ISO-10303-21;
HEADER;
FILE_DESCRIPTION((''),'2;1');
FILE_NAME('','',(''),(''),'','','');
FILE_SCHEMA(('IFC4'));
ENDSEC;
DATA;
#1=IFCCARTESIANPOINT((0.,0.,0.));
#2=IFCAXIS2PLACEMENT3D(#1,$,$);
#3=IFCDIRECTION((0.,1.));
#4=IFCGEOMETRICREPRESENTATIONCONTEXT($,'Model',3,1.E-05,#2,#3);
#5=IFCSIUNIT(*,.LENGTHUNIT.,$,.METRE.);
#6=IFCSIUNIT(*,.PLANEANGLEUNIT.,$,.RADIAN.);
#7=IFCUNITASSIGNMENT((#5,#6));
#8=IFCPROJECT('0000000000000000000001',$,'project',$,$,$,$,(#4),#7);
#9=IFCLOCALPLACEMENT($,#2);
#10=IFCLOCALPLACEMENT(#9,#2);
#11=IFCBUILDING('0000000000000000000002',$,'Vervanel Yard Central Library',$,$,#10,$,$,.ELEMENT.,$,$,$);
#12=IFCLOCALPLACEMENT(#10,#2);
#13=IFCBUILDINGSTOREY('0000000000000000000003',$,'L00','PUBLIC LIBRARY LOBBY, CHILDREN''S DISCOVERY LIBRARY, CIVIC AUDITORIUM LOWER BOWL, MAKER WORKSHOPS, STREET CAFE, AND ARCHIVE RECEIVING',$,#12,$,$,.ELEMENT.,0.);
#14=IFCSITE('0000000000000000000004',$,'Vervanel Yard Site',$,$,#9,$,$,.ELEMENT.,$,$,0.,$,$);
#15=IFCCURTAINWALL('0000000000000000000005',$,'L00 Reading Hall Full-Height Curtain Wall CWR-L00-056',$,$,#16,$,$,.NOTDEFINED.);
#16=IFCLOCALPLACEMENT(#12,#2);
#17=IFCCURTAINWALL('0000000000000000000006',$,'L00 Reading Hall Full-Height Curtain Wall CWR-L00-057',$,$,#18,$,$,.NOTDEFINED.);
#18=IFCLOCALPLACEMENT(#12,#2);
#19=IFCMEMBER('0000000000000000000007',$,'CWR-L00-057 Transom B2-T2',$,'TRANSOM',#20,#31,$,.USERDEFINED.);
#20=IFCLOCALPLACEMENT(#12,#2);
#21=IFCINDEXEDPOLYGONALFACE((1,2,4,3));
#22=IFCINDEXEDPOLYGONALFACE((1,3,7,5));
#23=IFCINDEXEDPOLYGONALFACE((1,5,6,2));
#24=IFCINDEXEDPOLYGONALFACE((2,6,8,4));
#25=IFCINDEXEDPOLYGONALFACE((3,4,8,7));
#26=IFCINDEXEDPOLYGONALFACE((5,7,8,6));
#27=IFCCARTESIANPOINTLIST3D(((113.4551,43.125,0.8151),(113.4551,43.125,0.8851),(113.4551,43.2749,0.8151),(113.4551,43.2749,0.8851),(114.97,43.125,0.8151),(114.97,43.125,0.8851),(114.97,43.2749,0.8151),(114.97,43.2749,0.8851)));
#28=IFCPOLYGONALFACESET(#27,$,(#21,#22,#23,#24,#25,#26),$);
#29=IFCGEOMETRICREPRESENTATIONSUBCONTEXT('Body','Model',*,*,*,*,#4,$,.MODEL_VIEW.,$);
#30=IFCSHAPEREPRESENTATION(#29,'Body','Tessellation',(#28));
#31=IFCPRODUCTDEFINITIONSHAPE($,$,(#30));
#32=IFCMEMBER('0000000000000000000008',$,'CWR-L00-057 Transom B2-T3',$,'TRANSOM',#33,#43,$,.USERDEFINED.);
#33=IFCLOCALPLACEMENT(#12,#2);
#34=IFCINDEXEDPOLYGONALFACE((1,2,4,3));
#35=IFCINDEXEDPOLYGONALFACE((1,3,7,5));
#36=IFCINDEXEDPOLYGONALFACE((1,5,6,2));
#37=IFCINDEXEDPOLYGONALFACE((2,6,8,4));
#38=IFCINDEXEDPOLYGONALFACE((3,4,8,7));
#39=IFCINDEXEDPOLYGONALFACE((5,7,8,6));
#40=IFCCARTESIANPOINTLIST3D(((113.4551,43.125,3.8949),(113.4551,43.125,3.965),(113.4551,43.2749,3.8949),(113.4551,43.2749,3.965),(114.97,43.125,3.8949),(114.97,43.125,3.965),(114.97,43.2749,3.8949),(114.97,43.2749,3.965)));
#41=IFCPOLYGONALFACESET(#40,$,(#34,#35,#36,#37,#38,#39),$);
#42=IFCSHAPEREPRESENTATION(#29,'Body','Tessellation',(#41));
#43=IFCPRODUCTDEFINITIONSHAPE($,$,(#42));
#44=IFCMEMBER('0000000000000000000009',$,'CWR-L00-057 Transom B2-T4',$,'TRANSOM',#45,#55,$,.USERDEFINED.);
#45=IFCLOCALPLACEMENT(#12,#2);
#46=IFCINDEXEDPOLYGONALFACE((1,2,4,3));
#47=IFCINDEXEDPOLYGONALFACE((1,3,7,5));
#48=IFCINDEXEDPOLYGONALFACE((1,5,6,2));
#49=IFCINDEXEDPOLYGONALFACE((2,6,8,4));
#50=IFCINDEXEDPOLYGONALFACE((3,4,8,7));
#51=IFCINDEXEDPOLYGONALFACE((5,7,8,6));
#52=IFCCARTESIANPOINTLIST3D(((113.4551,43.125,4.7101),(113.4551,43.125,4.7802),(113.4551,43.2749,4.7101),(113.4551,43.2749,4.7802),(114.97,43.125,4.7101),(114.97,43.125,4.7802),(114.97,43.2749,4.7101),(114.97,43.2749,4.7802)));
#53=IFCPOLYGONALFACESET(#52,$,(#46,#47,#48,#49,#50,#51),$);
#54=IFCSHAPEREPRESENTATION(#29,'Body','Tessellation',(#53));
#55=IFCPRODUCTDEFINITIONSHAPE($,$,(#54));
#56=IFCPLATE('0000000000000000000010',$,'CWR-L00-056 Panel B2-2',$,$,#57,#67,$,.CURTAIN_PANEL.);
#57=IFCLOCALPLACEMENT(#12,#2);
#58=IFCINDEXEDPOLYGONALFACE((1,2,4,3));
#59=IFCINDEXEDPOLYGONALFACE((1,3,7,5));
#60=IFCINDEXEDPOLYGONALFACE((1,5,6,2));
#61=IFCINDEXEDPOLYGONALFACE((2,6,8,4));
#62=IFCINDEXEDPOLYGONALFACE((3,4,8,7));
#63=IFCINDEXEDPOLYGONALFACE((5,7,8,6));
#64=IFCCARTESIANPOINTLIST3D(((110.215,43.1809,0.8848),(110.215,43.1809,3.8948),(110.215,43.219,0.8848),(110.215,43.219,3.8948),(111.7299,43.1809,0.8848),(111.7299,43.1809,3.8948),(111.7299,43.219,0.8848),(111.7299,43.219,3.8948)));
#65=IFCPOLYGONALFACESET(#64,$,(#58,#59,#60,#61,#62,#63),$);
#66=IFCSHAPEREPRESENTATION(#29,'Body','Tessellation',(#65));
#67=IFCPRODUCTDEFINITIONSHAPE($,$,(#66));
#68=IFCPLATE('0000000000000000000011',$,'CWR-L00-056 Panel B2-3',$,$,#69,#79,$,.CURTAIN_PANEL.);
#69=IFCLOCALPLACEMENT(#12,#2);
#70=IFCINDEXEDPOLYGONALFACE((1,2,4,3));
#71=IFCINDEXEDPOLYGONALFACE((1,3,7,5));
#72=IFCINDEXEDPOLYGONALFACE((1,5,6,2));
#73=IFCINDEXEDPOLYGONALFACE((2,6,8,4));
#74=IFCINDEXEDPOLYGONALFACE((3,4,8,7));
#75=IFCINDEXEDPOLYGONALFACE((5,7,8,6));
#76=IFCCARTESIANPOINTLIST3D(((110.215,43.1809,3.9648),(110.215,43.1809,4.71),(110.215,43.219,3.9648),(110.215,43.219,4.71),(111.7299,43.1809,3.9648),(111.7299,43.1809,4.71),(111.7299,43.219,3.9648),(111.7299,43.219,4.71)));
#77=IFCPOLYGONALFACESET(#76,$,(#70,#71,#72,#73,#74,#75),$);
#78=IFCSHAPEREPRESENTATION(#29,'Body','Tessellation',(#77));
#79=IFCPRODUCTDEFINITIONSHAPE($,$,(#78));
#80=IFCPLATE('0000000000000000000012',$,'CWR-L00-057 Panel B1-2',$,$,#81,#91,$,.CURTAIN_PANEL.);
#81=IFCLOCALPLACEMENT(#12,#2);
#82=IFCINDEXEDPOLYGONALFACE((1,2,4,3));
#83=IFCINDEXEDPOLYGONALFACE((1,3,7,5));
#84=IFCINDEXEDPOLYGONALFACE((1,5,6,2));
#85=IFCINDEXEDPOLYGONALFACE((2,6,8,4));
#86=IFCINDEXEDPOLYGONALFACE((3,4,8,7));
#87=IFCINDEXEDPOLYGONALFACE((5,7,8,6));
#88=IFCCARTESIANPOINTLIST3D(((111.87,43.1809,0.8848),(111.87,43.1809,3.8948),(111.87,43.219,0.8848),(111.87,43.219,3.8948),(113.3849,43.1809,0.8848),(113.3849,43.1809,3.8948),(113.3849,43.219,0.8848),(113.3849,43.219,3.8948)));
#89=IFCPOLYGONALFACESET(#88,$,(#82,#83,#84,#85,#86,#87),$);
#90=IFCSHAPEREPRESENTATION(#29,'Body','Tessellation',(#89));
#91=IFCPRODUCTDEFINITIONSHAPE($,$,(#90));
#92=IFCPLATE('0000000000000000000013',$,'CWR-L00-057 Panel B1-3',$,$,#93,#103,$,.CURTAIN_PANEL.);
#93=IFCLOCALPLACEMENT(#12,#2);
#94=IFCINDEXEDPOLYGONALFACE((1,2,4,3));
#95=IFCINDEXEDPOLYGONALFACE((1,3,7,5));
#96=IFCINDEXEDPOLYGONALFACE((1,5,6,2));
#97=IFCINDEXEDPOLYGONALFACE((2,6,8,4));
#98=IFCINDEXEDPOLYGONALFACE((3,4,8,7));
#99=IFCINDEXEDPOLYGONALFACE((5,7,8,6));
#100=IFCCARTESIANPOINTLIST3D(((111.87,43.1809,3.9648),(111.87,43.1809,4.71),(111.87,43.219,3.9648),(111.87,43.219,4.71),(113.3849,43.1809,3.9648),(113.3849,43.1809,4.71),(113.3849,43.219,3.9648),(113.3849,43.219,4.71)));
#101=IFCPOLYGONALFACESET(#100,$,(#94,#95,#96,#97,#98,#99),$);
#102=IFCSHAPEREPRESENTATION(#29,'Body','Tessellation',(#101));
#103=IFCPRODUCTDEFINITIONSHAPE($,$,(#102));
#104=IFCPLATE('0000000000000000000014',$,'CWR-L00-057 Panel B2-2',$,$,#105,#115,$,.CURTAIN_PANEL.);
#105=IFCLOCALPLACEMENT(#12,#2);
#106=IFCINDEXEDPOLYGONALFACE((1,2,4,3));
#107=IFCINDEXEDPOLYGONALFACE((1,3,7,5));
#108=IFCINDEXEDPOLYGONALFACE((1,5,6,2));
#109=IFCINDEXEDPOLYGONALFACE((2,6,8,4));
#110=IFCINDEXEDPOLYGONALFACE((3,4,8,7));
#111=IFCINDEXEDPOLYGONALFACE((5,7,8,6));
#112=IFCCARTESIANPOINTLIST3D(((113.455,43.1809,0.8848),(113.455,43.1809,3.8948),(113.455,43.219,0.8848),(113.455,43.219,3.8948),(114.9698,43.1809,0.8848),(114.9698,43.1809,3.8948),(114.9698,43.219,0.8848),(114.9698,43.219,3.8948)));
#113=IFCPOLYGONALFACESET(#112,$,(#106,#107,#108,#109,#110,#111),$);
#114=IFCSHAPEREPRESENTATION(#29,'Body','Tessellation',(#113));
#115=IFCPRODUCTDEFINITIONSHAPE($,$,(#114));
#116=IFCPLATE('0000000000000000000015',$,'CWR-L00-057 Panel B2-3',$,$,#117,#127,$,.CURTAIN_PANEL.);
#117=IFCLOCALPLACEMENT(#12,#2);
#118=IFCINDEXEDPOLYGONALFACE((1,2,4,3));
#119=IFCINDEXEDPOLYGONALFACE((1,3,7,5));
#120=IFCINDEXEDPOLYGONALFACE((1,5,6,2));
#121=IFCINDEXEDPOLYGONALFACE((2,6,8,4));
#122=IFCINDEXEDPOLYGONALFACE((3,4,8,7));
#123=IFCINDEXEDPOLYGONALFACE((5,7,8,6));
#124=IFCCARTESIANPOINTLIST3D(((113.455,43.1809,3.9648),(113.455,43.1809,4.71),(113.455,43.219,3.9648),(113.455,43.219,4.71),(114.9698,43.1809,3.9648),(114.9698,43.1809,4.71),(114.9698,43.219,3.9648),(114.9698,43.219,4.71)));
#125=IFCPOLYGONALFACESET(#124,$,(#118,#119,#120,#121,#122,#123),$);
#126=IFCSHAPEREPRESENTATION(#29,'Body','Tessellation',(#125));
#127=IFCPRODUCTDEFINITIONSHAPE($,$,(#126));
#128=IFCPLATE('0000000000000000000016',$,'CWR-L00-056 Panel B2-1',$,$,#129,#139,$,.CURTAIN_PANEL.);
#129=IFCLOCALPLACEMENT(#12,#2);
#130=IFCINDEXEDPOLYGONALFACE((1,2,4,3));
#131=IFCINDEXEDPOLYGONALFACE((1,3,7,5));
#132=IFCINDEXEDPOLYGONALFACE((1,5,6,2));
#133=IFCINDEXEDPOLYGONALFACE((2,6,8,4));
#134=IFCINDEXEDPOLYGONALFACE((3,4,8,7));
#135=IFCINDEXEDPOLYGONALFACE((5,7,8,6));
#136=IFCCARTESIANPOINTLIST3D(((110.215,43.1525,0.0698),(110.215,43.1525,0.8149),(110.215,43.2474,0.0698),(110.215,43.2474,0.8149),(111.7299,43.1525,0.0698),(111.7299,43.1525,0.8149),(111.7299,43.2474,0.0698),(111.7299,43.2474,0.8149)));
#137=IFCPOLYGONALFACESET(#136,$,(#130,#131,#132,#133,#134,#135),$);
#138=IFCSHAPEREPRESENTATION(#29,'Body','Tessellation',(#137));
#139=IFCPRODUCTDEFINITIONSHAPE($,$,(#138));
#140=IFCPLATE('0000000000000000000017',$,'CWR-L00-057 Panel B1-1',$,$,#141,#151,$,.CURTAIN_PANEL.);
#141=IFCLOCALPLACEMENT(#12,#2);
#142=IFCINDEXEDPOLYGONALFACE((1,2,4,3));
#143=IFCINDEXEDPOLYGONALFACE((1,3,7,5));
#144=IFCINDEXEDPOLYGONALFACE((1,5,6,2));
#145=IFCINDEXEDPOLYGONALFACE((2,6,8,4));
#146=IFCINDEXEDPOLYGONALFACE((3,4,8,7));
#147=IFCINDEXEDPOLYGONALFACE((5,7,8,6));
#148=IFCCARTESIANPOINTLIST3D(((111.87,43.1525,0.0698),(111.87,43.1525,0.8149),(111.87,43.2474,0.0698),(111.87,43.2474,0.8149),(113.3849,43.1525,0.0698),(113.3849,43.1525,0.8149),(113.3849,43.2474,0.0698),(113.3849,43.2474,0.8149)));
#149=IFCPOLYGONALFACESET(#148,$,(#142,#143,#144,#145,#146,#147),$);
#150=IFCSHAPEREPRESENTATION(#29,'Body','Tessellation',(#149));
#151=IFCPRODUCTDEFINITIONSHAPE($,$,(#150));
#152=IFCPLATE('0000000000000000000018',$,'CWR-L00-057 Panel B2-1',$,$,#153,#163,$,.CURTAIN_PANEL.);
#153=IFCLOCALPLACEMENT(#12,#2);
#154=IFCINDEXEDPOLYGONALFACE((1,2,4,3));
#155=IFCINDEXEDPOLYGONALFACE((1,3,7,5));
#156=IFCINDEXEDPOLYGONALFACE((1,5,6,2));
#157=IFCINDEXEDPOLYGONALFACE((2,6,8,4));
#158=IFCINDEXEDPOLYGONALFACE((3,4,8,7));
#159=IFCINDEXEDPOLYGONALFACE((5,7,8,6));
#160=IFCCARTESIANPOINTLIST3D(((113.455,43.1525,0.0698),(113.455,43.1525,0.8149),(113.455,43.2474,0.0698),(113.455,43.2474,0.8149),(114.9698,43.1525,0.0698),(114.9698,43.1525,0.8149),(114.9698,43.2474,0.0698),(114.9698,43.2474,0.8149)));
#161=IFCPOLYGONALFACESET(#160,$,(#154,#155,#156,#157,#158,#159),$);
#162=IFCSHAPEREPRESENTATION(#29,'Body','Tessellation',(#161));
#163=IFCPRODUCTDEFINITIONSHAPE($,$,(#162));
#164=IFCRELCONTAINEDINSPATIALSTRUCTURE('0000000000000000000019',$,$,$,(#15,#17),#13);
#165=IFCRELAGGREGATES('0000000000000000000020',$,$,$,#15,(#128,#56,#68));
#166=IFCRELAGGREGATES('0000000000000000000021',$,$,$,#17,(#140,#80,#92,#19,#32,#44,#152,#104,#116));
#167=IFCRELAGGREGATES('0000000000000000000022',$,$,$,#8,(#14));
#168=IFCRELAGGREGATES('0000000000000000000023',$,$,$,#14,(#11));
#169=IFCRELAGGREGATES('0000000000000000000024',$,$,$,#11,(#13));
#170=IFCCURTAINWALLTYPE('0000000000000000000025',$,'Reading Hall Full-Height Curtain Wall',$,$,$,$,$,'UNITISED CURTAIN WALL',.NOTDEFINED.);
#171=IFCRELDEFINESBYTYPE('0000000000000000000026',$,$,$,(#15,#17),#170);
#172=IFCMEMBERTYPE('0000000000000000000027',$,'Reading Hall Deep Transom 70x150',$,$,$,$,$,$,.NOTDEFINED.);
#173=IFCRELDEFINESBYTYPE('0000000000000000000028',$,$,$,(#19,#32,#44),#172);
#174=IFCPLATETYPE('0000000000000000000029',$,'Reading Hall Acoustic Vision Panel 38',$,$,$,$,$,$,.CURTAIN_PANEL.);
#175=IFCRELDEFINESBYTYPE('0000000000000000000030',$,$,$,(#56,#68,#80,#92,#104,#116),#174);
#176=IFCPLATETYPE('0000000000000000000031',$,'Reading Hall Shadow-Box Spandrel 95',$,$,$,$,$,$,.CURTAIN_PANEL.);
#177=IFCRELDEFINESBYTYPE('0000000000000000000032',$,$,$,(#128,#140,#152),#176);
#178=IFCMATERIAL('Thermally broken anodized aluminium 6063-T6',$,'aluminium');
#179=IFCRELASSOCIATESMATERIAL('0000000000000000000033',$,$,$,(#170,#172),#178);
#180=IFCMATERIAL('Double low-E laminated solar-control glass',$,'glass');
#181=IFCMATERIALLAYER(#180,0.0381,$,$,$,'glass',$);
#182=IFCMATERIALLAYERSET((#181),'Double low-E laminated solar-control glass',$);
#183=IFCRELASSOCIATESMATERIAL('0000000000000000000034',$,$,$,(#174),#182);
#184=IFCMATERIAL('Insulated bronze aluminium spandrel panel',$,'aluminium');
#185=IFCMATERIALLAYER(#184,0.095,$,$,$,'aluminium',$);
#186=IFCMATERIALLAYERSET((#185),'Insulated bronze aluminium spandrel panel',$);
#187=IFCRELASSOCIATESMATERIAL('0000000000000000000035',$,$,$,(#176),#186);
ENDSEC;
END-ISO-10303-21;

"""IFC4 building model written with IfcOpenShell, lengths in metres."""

from ifc_helpers import new_model, si_unit, direction, frame, origin, origin_2d, place, context, subcontext, project, spatial, rectangle, extrude, material, layer, layer_set, material_profile, profile_set, type_object, element, aggregate, save


model = new_model("IFC4")

# Units and contexts
model_context = context("Model", 3, precision=1e-05, world=origin(), true_north=direction((0.0, 1.0)))
body_context = subcontext(model_context, "Body", "Model", "MODEL_VIEW")
ifc_project = project(units=[si_unit("LENGTHUNIT", "METRE"), si_unit("PLANEANGLEUNIT", "RADIAN")], contexts=[model_context])

# Site, building, storey
site_placement = place(None, origin())
site = spatial("IfcSite", under=ifc_project, at=site_placement, Name="Vervanel Yard Site", CompositionType="ELEMENT", RefElevation=0.0)
building_placement = place(site_placement, origin())
building = spatial("IfcBuilding", under=site, at=building_placement, Name="Vervanel Yard Central Library", CompositionType="ELEMENT")
storey_placement = place(building_placement, origin())
storey = spatial("IfcBuildingStorey", under=building, at=storey_placement, Name="L00", Description="PUBLIC LIBRARY LOBBY, CHILDREN'S DISCOVERY LIBRARY, CIVIC AUDITORIUM LOWER BOWL, MAKER WORKSHOPS, STREET CAFE, AND ARCHIVE RECEIVING", CompositionType="ELEMENT", Elevation=0.0)

# Curtain wall
ifc_material_1 = material(Name="Thermally broken anodized aluminium 6063-T6", Category="aluminium")
curtain_wall_type = type_object("IfcCurtainWallType", Name="Reading Hall Full-Height Curtain Wall", ElementType="UNITISED CURTAIN WALL", PredefinedType="NOTDEFINED", material=ifc_material_1)
curtain_wall_1_placement = place(storey_placement, origin())
curtain_wall_1 = element("IfcCurtainWall", 1, at=curtain_wall_1_placement, inside=storey, type_object=curtain_wall_type, Name="L00 Reading Hall Full-Height Curtain Wall CWR-L00-056", PredefinedType="NOTDEFINED")

# Curtain wall
curtain_wall_2_placement = place(storey_placement, origin())
curtain_wall_2 = element("IfcCurtainWall", 2, at=curtain_wall_2_placement, inside=storey, type_object=curtain_wall_type, Name="L00 Reading Hall Full-Height Curtain Wall CWR-L00-057", PredefinedType="NOTDEFINED")

# Members
ifc_material_profile_1 = material_profile(ifc_material_1, rectangle(XDim=0.0701, YDim=0.1499, at=origin_2d()), Name="ALU 70x150", Category="aluminium")
ifc_profile_set_1 = profile_set([ifc_material_profile_1], Name="Thermally broken anodized aluminium 6063-T6")
member_type_1 = type_object("IfcMemberType", Name="Reading Hall Deep Transom 70x150", PredefinedType="NOTDEFINED", material=ifc_profile_set_1)
member_1_placement = place(storey_placement, frame((113.4551, 43.2, 0.8501), z_axis=(1.0, 0.0, 0.0), x_axis=(0.0, 0.0, 1.0)))
member_1 = element("IfcMember", 3, at=member_1_placement, type_object=member_type_1, Name="CWR-L00-057 Transom B2-T2", ObjectType="TRANSOM", PredefinedType="USERDEFINED", context=body_context, shape_type="SweptSolid", body=[
    extrude(rectangle(XDim=0.0701, YDim=0.1499, at=origin_2d()), origin(), (0.0, 0.0, 1.0), 1.5149),
])
member_2_placement = place(storey_placement, frame((113.4551, 43.2, 3.9299), z_axis=(1.0, 0.0, 0.0), x_axis=(0.0, 0.0, 1.0)))
member_2 = element("IfcMember", 4, at=member_2_placement, type_object=member_type_1, Name="CWR-L00-057 Transom B2-T3", ObjectType="TRANSOM", PredefinedType="USERDEFINED", context=body_context, shape_type="SweptSolid", body=[
    extrude(rectangle(XDim=0.0701, YDim=0.1499, at=origin_2d()), origin(), (0.0, 0.0, 1.0), 1.5149),
])
member_3_placement = place(storey_placement, frame((113.4551, 43.2, 4.7451), z_axis=(1.0, 0.0, 0.0), x_axis=(0.0, 0.0, 1.0)))
member_3 = element("IfcMember", 5, at=member_3_placement, type_object=member_type_1, Name="CWR-L00-057 Transom B2-T4", ObjectType="TRANSOM", PredefinedType="USERDEFINED", context=body_context, shape_type="SweptSolid", body=[
    extrude(rectangle(XDim=0.0701, YDim=0.1499, at=origin_2d()), origin(), (0.0, 0.0, 1.0), 1.5149),
])

# Plates
ifc_material_2 = material(Name="Double low-E laminated solar-control glass", Category="glass")
ifc_layer_1 = layer(ifc_material_2, 0.0381, Category="glass")
ifc_layer_set_1 = layer_set([ifc_layer_1], Name="Double low-E laminated solar-control glass")
plate_type_1 = type_object("IfcPlateType", Name="Reading Hall Acoustic Vision Panel 38", PredefinedType="CURTAIN_PANEL", material=ifc_layer_set_1)
plate_1_placement = place(storey_placement, frame((110.9724, 43.2, 0.8848), z_axis=(0.0, 0.0, 1.0), x_axis=(1.0, 0.0, 0.0)))
plate_1 = element("IfcPlate", 6, at=plate_1_placement, type_object=plate_type_1, Name="CWR-L00-056 Panel B2-2", PredefinedType="CURTAIN_PANEL", context=body_context, shape_type="SweptSolid", body=[
    extrude(rectangle(XDim=1.5149, YDim=0.0381, at=origin_2d()), origin(), (0.0, 0.0, 1.0), 3.01),
])
plate_2_placement = place(storey_placement, frame((110.9724, 43.2, 3.9648), z_axis=(0.0, 0.0, 1.0), x_axis=(1.0, 0.0, 0.0)))
plate_2 = element("IfcPlate", 7, at=plate_2_placement, type_object=plate_type_1, Name="CWR-L00-056 Panel B2-3", PredefinedType="CURTAIN_PANEL", context=body_context, shape_type="SweptSolid", body=[
    extrude(rectangle(XDim=1.5149, YDim=0.0381, at=origin_2d()), origin(), (0.0, 0.0, 1.0), 0.7451),
])
plate_3_placement = place(storey_placement, frame((112.6274, 43.2, 0.8848), z_axis=(0.0, 0.0, 1.0), x_axis=(1.0, 0.0, 0.0)))
plate_3 = element("IfcPlate", 8, at=plate_3_placement, type_object=plate_type_1, Name="CWR-L00-057 Panel B1-2", PredefinedType="CURTAIN_PANEL", context=body_context, shape_type="SweptSolid", body=[
    extrude(rectangle(XDim=1.5149, YDim=0.0381, at=origin_2d()), origin(), (0.0, 0.0, 1.0), 3.01),
])
plate_4_placement = place(storey_placement, frame((112.6274, 43.2, 3.9648), z_axis=(0.0, 0.0, 1.0), x_axis=(1.0, 0.0, 0.0)))
plate_4 = element("IfcPlate", 9, at=plate_4_placement, type_object=plate_type_1, Name="CWR-L00-057 Panel B1-3", PredefinedType="CURTAIN_PANEL", context=body_context, shape_type="SweptSolid", body=[
    extrude(rectangle(XDim=1.5149, YDim=0.0381, at=origin_2d()), origin(), (0.0, 0.0, 1.0), 0.7451),
])
plate_5_placement = place(storey_placement, frame((114.2124, 43.2, 0.8848), z_axis=(0.0, 0.0, 1.0), x_axis=(1.0, 0.0, 0.0)))
plate_5 = element("IfcPlate", 10, at=plate_5_placement, type_object=plate_type_1, Name="CWR-L00-057 Panel B2-2", PredefinedType="CURTAIN_PANEL", context=body_context, shape_type="SweptSolid", body=[
    extrude(rectangle(XDim=1.5149, YDim=0.0381, at=origin_2d()), origin(), (0.0, 0.0, 1.0), 3.01),
])
plate_6_placement = place(storey_placement, frame((114.2124, 43.2, 3.9648), z_axis=(0.0, 0.0, 1.0), x_axis=(1.0, 0.0, 0.0)))
plate_6 = element("IfcPlate", 11, at=plate_6_placement, type_object=plate_type_1, Name="CWR-L00-057 Panel B2-3", PredefinedType="CURTAIN_PANEL", context=body_context, shape_type="SweptSolid", body=[
    extrude(rectangle(XDim=1.5149, YDim=0.0381, at=origin_2d()), origin(), (0.0, 0.0, 1.0), 0.7451),
])
ifc_material_3 = material(Name="Insulated bronze aluminium spandrel panel", Category="aluminium")
ifc_layer_2 = layer(ifc_material_3, 0.095, Category="aluminium")
ifc_layer_set_2 = layer_set([ifc_layer_2], Name="Insulated bronze aluminium spandrel panel")
plate_type_2 = type_object("IfcPlateType", Name="Reading Hall Shadow-Box Spandrel 95", PredefinedType="CURTAIN_PANEL", material=ifc_layer_set_2)
plate_7_placement = place(storey_placement, frame((110.9724, 43.2, 0.0698), z_axis=(0.0, 0.0, 1.0), x_axis=(1.0, 0.0, 0.0)))
plate_7 = element("IfcPlate", 12, at=plate_7_placement, type_object=plate_type_2, Name="CWR-L00-056 Panel B2-1", PredefinedType="CURTAIN_PANEL", context=body_context, shape_type="SweptSolid", body=[
    extrude(rectangle(XDim=1.5149, YDim=0.095, at=origin_2d()), origin(), (0.0, 0.0, 1.0), 0.7451),
])
aggregate(curtain_wall_1, [plate_7, plate_1, plate_2])
plate_8_placement = place(storey_placement, frame((112.6274, 43.2, 0.0698), z_axis=(0.0, 0.0, 1.0), x_axis=(1.0, 0.0, 0.0)))
plate_8 = element("IfcPlate", 13, at=plate_8_placement, type_object=plate_type_2, Name="CWR-L00-057 Panel B1-1", PredefinedType="CURTAIN_PANEL", context=body_context, shape_type="SweptSolid", body=[
    extrude(rectangle(XDim=1.5149, YDim=0.095, at=origin_2d()), origin(), (0.0, 0.0, 1.0), 0.7451),
])
plate_9_placement = place(storey_placement, frame((114.2124, 43.2, 0.0698), z_axis=(0.0, 0.0, 1.0), x_axis=(1.0, 0.0, 0.0)))
plate_9 = element("IfcPlate", 14, at=plate_9_placement, type_object=plate_type_2, Name="CWR-L00-057 Panel B2-1", PredefinedType="CURTAIN_PANEL", context=body_context, shape_type="SweptSolid", body=[
    extrude(rectangle(XDim=1.5149, YDim=0.095, at=origin_2d()), origin(), (0.0, 0.0, 1.0), 0.7451),
])
aggregate(curtain_wall_2, [plate_8, plate_3, plate_4, member_1, member_2, member_3, plate_9, plate_5, plate_6])

save(model, "model.ifc")
